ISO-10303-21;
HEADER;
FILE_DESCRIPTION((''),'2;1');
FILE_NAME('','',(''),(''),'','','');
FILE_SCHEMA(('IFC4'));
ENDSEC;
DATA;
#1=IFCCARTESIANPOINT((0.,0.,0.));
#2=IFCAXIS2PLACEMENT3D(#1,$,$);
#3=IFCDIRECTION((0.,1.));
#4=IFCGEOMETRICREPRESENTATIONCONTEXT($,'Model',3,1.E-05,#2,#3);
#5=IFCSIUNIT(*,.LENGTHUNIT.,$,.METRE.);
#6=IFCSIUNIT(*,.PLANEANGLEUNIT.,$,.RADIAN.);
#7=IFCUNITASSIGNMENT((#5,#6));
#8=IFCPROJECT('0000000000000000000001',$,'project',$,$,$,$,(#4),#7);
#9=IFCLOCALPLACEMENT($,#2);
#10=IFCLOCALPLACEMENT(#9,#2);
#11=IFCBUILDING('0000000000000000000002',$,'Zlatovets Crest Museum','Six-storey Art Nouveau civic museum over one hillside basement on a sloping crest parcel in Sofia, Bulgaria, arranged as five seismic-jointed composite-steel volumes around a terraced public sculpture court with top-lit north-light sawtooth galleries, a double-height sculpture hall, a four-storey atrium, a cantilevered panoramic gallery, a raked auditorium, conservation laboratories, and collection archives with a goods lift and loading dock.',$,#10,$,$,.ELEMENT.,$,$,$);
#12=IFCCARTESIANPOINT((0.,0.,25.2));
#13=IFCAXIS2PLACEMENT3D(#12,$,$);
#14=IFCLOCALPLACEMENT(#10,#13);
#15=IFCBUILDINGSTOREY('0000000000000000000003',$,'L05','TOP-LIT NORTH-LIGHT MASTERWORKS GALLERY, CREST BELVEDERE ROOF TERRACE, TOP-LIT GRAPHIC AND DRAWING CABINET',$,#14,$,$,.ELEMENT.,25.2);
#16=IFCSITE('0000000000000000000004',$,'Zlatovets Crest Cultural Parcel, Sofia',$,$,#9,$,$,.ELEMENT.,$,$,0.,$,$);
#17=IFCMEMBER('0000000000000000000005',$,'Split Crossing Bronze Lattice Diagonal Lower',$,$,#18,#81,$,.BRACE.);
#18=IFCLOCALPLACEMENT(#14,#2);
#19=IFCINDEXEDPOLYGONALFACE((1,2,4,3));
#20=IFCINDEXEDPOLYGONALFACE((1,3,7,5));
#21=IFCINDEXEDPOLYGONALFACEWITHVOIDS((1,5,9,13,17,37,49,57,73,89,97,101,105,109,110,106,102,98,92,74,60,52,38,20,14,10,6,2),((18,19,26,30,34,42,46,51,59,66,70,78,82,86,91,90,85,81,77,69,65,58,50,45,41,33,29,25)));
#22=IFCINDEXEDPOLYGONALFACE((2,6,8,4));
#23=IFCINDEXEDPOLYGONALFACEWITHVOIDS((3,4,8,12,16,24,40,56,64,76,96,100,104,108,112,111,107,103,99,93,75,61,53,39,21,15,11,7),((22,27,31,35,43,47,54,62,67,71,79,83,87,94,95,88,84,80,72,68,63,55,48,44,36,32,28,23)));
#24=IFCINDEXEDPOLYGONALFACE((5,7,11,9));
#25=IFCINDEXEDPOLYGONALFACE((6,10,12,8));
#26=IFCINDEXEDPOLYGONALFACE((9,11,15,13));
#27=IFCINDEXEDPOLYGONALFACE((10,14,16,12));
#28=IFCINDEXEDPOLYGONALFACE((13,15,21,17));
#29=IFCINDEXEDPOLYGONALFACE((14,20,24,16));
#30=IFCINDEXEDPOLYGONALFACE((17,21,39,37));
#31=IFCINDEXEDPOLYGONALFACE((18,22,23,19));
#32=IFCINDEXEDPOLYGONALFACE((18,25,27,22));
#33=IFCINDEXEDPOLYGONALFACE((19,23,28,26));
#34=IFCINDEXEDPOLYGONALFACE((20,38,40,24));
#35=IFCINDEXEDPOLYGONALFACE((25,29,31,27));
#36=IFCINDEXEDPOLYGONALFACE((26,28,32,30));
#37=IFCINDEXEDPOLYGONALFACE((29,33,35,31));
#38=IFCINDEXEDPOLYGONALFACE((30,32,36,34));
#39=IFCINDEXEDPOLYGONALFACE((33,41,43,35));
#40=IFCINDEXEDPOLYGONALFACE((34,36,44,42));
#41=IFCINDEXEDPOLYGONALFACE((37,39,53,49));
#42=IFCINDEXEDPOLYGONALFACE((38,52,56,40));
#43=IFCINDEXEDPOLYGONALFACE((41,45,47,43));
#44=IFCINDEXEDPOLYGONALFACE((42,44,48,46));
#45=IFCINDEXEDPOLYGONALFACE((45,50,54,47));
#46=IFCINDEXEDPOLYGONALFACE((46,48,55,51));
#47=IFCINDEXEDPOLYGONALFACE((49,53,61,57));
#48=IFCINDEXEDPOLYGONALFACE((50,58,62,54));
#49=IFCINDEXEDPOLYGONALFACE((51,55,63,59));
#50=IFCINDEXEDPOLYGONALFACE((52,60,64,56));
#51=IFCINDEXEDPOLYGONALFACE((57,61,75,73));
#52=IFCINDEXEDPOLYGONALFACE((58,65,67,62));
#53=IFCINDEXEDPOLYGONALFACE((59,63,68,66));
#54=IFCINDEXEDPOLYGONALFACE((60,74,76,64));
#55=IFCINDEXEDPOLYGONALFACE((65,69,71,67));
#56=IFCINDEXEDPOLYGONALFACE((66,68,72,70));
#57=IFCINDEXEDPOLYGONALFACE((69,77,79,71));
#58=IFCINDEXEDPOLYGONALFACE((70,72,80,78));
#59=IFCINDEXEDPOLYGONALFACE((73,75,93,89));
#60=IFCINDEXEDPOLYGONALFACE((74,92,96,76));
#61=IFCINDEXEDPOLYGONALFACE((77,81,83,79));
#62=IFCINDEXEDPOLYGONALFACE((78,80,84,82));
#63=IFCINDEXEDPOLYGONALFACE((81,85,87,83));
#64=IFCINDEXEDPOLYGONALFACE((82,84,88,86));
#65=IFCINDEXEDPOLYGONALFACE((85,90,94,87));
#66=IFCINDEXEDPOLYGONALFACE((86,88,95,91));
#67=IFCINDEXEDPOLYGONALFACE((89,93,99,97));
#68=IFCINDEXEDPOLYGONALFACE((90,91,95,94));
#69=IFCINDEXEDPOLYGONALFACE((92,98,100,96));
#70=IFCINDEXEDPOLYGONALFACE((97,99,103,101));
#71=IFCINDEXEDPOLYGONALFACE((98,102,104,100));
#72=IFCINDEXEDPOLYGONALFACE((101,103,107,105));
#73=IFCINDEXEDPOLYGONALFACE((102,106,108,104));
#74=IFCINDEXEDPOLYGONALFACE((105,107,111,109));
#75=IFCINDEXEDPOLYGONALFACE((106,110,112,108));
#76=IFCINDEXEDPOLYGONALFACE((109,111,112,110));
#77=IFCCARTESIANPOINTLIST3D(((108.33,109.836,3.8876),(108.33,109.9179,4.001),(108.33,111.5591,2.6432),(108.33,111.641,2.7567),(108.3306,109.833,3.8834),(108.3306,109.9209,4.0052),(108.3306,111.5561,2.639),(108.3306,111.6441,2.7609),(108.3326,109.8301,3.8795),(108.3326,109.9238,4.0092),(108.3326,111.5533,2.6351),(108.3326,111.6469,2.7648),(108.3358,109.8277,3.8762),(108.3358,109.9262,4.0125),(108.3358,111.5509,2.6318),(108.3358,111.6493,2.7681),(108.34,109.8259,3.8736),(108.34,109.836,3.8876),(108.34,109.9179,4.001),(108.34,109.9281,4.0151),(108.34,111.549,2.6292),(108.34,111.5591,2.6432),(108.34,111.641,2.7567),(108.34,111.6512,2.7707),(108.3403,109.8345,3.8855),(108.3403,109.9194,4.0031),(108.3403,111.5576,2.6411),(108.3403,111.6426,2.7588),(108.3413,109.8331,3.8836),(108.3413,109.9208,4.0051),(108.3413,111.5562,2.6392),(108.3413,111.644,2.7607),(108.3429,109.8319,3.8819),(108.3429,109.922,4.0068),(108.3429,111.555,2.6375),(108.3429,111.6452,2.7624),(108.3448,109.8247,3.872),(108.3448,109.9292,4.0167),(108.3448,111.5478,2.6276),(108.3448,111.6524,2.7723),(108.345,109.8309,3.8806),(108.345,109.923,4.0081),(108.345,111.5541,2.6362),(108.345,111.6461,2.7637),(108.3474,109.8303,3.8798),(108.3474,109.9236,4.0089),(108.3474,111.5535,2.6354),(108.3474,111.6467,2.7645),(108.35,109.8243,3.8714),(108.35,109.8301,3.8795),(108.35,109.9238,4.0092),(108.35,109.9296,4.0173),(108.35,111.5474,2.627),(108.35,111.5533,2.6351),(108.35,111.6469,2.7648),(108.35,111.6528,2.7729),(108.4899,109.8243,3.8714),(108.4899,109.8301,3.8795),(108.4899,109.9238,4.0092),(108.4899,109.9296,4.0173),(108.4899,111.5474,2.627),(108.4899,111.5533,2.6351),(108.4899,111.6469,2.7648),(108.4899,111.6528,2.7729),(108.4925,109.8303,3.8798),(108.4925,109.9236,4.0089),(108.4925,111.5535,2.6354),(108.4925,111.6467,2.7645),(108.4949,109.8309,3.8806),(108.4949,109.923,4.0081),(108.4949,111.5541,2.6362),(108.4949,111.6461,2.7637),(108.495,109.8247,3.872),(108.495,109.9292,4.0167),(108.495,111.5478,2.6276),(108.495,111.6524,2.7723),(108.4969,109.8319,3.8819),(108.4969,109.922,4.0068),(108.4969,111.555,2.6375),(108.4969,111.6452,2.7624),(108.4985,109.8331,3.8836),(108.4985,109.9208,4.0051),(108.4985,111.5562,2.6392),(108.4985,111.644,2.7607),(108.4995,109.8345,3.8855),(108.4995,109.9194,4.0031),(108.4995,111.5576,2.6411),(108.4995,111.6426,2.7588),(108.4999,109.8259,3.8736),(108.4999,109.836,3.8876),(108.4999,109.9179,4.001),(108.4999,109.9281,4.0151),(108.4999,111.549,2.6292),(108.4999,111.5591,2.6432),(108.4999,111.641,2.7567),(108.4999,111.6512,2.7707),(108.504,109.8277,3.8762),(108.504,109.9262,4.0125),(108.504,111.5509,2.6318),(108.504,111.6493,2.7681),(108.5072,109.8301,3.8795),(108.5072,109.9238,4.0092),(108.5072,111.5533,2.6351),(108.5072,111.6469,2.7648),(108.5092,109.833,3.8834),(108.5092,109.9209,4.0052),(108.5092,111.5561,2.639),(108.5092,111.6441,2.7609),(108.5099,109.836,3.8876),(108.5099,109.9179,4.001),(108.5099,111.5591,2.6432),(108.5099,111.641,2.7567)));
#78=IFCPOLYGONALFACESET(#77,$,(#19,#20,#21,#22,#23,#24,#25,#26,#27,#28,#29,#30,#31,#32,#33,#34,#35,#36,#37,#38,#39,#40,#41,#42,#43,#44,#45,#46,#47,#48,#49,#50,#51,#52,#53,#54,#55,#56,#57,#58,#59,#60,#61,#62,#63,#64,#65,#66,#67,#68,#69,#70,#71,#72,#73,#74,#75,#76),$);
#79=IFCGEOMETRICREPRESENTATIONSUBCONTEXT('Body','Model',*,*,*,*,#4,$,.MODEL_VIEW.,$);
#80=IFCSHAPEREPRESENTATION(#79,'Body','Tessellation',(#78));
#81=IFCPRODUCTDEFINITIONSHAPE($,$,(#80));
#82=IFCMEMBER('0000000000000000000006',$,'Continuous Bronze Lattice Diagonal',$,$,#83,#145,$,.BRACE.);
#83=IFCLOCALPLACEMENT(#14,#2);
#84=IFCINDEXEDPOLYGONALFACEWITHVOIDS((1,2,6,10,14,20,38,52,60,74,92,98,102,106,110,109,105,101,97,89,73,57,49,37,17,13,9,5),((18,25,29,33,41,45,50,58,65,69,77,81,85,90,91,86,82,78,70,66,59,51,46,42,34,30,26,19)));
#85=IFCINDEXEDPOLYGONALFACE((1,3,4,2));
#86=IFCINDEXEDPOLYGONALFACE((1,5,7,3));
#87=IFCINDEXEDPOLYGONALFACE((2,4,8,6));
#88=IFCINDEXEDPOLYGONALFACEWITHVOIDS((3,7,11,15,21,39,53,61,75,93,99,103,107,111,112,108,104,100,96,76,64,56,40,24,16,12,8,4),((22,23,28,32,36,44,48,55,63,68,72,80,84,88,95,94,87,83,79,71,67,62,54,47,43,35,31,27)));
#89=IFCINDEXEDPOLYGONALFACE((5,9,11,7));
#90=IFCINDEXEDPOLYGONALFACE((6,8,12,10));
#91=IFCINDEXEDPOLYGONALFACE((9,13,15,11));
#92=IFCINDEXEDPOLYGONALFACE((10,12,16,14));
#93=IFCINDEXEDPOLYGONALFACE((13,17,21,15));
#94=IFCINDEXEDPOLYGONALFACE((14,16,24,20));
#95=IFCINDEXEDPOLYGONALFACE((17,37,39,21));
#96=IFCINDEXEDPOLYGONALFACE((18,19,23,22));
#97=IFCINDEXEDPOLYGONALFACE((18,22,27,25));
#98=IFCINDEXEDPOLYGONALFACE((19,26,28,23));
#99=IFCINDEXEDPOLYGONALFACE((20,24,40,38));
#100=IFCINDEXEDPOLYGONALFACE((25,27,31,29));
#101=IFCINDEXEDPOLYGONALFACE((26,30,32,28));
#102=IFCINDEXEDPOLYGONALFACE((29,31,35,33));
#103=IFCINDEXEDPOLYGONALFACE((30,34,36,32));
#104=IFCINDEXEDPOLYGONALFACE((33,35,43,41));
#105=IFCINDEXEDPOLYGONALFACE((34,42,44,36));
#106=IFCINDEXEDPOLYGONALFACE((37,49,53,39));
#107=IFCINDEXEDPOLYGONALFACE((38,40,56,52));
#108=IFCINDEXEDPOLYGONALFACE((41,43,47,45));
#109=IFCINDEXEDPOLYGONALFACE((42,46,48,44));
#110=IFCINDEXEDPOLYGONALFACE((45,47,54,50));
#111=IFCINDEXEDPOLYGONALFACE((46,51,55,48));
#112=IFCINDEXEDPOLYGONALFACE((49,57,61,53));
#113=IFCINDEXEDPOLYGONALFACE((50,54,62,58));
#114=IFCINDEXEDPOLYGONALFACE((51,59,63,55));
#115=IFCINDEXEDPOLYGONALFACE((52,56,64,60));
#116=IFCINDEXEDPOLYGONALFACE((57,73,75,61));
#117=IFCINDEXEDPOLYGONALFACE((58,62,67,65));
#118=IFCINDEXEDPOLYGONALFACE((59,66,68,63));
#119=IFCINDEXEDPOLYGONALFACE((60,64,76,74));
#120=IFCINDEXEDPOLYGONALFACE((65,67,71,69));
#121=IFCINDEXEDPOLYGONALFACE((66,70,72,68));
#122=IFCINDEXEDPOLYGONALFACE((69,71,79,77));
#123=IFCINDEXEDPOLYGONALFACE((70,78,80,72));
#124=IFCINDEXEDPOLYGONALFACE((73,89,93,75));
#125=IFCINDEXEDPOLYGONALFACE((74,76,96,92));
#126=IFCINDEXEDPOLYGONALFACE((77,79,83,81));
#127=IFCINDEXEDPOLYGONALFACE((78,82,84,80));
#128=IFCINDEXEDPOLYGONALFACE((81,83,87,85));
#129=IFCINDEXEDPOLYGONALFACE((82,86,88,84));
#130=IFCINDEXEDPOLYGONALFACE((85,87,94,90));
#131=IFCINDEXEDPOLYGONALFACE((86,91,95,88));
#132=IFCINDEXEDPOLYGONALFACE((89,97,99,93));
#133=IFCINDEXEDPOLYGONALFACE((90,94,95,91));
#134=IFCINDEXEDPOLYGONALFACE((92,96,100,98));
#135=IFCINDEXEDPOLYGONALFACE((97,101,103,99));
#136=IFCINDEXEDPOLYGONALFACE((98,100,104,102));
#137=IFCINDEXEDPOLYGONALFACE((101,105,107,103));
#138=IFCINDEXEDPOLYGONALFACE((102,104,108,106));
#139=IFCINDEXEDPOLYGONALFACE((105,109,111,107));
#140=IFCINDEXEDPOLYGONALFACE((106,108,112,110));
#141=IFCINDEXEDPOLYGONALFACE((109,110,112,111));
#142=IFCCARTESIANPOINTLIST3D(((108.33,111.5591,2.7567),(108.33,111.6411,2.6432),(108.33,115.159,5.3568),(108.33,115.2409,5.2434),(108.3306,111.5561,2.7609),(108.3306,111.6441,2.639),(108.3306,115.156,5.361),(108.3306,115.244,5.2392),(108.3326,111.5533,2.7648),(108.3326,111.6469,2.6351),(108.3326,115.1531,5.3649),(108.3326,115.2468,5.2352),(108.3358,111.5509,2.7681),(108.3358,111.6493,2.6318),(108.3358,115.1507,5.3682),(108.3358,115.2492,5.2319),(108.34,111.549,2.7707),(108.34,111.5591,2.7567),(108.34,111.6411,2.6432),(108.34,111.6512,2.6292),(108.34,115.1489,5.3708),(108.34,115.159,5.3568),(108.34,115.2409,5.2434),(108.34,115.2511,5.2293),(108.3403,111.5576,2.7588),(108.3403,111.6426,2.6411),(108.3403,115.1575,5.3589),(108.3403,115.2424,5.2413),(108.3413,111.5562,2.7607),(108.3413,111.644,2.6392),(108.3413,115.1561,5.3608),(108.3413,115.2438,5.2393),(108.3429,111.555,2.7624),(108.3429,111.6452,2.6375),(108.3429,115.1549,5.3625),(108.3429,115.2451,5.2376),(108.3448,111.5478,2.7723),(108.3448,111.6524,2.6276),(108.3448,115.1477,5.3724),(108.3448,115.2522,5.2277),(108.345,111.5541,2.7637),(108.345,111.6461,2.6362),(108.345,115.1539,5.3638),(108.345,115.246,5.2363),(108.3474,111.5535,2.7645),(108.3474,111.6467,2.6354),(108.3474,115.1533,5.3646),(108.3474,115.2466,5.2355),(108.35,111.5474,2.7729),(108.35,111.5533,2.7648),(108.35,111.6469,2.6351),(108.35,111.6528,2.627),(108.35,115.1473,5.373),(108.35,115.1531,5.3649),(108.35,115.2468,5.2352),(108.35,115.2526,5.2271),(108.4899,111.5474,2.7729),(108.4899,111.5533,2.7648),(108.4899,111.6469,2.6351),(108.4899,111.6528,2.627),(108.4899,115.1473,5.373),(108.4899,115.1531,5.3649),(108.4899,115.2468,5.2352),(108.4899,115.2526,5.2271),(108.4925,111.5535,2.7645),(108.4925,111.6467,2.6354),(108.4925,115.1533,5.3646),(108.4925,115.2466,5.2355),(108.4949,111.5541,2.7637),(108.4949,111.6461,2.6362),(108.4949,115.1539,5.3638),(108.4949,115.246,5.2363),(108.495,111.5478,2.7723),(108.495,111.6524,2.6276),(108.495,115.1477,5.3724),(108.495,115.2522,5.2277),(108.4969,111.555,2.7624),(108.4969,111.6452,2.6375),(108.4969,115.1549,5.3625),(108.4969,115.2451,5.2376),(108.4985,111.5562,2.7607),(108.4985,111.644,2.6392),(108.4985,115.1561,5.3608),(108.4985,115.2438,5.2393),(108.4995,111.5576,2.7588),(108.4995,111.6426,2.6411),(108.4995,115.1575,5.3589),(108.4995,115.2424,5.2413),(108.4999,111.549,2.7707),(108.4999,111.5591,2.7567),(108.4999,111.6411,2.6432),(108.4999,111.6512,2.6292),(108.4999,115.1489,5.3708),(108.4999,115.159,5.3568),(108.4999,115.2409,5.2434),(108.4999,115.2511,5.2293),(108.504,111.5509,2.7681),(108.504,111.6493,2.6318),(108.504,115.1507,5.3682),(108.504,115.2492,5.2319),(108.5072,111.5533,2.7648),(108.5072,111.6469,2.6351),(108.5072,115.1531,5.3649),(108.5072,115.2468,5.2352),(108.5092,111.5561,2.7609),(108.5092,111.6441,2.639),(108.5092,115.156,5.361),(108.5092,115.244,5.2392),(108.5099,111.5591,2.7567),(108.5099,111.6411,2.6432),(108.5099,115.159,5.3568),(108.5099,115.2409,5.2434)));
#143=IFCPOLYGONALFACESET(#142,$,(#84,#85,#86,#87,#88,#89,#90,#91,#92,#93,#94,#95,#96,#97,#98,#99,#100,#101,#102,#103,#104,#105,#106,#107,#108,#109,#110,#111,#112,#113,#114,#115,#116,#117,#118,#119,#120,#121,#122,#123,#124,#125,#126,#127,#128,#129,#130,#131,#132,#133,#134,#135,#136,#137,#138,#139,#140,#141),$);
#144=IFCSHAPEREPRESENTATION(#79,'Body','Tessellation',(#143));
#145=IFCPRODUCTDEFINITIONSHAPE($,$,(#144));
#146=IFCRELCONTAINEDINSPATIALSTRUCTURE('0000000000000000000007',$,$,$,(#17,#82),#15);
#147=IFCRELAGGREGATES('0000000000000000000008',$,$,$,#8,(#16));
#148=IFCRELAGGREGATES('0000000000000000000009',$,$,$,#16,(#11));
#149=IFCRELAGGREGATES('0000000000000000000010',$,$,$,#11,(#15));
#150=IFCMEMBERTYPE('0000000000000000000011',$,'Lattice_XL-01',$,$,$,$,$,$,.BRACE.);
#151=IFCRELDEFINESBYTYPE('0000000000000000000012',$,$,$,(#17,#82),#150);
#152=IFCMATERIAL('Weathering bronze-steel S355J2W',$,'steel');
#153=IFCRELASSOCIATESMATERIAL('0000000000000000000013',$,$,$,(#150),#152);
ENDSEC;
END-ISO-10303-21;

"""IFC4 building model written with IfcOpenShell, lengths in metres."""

from ifc_helpers import new_model, si_unit, direction, frame, origin, origin_2d, place, context, subcontext, project, spatial, hollow_rectangle, extrude, material, material_profile, profile_set, type_object, element, save


model = new_model("IFC4")

# Units and contexts
model_context = context("Model", 3, precision=1e-05, world=origin(), true_north=direction((0.0, 1.0)))
body_context = subcontext(model_context, "Body", "Model", "MODEL_VIEW")
ifc_project = project(units=[si_unit("LENGTHUNIT", "METRE"), si_unit("PLANEANGLEUNIT", "RADIAN")], contexts=[model_context])

# Site, building, storey
site_placement = place(None, origin())
site = spatial("IfcSite", under=ifc_project, at=site_placement, Name="Zlatovets Crest Cultural Parcel, Sofia", CompositionType="ELEMENT", RefElevation=0.0)
building_placement = place(site_placement, origin())
building = spatial("IfcBuilding", under=site, at=building_placement, Name="Zlatovets Crest Museum", Description="Six-storey Art Nouveau civic museum over one hillside basement on a sloping crest parcel in Sofia, Bulgaria, arranged as five seismic-jointed composite-steel volumes around a terraced public sculpture court with top-lit north-light sawtooth galleries, a double-height sculpture hall, a four-storey atrium, a cantilevered panoramic gallery, a raked auditorium, conservation laboratories, and collection archives with a goods lift and loading dock.", CompositionType="ELEMENT")
storey_placement = place(building_placement, frame((0.0, 0.0, 25.2)))
storey = spatial("IfcBuildingStorey", under=building, at=storey_placement, Name="L05", Description="TOP-LIT NORTH-LIGHT MASTERWORKS GALLERY, CREST BELVEDERE ROOF TERRACE, TOP-LIT GRAPHIC AND DRAWING CABINET", CompositionType="ELEMENT", Elevation=25.2)

# Members
ifc_material_1 = material(Name="Weathering bronze-steel S355J2W", Category="steel")
ifc_material_profile_1 = material_profile(ifc_material_1, hollow_rectangle(XDim=0.1799, YDim=0.1799, WallThickness=0.01, InnerFilletRadius=0.01, OuterFilletRadius=0.02, at=origin_2d()), Name="SHS 180x180x10.0")
ifc_profile_set_1 = profile_set([ifc_material_profile_1], Name="Weathering bronze-steel S355J2W")
member_type_1 = type_object("IfcMemberType", Name="Lattice_XL-01", PredefinedType="BRACE", material=ifc_profile_set_1)
member_1_placement = place(storey_placement, frame((108.4199, 109.877, 3.9443), z_axis=(0.0, 0.810703, -0.585457), x_axis=(-1.0, 0.0, 0.0)))
element("IfcMember", 1, at=member_1_placement, inside=storey, type_object=member_type_1, Name="Split Crossing Bronze Lattice Diagonal Lower", PredefinedType="BRACE", context=body_context, shape_type="SweptSolid", body=[
    extrude(hollow_rectangle(XDim=0.1799, YDim=0.1799, WallThickness=0.01, InnerFilletRadius=0.01, OuterFilletRadius=0.02, at=origin_2d()), origin(), (0.0, 0.0, 1.0), 2.1255),
])
member_2_placement = place(storey_placement, frame((108.4199, 111.6001, 2.7), z_axis=(0.0, 0.810657, 0.585521), x_axis=(-1.0, 0.0, 0.0)))
element("IfcMember", 2, at=member_2_placement, inside=storey, type_object=member_type_1, Name="Continuous Bronze Lattice Diagonal", PredefinedType="BRACE", context=body_context, shape_type="SweptSolid", body=[
    extrude(hollow_rectangle(XDim=0.1799, YDim=0.1799, WallThickness=0.01, InnerFilletRadius=0.01, OuterFilletRadius=0.02, at=origin_2d()), origin(), (0.0, 0.0, 1.0), 4.4407),
])

save(model, "model.ifc")
